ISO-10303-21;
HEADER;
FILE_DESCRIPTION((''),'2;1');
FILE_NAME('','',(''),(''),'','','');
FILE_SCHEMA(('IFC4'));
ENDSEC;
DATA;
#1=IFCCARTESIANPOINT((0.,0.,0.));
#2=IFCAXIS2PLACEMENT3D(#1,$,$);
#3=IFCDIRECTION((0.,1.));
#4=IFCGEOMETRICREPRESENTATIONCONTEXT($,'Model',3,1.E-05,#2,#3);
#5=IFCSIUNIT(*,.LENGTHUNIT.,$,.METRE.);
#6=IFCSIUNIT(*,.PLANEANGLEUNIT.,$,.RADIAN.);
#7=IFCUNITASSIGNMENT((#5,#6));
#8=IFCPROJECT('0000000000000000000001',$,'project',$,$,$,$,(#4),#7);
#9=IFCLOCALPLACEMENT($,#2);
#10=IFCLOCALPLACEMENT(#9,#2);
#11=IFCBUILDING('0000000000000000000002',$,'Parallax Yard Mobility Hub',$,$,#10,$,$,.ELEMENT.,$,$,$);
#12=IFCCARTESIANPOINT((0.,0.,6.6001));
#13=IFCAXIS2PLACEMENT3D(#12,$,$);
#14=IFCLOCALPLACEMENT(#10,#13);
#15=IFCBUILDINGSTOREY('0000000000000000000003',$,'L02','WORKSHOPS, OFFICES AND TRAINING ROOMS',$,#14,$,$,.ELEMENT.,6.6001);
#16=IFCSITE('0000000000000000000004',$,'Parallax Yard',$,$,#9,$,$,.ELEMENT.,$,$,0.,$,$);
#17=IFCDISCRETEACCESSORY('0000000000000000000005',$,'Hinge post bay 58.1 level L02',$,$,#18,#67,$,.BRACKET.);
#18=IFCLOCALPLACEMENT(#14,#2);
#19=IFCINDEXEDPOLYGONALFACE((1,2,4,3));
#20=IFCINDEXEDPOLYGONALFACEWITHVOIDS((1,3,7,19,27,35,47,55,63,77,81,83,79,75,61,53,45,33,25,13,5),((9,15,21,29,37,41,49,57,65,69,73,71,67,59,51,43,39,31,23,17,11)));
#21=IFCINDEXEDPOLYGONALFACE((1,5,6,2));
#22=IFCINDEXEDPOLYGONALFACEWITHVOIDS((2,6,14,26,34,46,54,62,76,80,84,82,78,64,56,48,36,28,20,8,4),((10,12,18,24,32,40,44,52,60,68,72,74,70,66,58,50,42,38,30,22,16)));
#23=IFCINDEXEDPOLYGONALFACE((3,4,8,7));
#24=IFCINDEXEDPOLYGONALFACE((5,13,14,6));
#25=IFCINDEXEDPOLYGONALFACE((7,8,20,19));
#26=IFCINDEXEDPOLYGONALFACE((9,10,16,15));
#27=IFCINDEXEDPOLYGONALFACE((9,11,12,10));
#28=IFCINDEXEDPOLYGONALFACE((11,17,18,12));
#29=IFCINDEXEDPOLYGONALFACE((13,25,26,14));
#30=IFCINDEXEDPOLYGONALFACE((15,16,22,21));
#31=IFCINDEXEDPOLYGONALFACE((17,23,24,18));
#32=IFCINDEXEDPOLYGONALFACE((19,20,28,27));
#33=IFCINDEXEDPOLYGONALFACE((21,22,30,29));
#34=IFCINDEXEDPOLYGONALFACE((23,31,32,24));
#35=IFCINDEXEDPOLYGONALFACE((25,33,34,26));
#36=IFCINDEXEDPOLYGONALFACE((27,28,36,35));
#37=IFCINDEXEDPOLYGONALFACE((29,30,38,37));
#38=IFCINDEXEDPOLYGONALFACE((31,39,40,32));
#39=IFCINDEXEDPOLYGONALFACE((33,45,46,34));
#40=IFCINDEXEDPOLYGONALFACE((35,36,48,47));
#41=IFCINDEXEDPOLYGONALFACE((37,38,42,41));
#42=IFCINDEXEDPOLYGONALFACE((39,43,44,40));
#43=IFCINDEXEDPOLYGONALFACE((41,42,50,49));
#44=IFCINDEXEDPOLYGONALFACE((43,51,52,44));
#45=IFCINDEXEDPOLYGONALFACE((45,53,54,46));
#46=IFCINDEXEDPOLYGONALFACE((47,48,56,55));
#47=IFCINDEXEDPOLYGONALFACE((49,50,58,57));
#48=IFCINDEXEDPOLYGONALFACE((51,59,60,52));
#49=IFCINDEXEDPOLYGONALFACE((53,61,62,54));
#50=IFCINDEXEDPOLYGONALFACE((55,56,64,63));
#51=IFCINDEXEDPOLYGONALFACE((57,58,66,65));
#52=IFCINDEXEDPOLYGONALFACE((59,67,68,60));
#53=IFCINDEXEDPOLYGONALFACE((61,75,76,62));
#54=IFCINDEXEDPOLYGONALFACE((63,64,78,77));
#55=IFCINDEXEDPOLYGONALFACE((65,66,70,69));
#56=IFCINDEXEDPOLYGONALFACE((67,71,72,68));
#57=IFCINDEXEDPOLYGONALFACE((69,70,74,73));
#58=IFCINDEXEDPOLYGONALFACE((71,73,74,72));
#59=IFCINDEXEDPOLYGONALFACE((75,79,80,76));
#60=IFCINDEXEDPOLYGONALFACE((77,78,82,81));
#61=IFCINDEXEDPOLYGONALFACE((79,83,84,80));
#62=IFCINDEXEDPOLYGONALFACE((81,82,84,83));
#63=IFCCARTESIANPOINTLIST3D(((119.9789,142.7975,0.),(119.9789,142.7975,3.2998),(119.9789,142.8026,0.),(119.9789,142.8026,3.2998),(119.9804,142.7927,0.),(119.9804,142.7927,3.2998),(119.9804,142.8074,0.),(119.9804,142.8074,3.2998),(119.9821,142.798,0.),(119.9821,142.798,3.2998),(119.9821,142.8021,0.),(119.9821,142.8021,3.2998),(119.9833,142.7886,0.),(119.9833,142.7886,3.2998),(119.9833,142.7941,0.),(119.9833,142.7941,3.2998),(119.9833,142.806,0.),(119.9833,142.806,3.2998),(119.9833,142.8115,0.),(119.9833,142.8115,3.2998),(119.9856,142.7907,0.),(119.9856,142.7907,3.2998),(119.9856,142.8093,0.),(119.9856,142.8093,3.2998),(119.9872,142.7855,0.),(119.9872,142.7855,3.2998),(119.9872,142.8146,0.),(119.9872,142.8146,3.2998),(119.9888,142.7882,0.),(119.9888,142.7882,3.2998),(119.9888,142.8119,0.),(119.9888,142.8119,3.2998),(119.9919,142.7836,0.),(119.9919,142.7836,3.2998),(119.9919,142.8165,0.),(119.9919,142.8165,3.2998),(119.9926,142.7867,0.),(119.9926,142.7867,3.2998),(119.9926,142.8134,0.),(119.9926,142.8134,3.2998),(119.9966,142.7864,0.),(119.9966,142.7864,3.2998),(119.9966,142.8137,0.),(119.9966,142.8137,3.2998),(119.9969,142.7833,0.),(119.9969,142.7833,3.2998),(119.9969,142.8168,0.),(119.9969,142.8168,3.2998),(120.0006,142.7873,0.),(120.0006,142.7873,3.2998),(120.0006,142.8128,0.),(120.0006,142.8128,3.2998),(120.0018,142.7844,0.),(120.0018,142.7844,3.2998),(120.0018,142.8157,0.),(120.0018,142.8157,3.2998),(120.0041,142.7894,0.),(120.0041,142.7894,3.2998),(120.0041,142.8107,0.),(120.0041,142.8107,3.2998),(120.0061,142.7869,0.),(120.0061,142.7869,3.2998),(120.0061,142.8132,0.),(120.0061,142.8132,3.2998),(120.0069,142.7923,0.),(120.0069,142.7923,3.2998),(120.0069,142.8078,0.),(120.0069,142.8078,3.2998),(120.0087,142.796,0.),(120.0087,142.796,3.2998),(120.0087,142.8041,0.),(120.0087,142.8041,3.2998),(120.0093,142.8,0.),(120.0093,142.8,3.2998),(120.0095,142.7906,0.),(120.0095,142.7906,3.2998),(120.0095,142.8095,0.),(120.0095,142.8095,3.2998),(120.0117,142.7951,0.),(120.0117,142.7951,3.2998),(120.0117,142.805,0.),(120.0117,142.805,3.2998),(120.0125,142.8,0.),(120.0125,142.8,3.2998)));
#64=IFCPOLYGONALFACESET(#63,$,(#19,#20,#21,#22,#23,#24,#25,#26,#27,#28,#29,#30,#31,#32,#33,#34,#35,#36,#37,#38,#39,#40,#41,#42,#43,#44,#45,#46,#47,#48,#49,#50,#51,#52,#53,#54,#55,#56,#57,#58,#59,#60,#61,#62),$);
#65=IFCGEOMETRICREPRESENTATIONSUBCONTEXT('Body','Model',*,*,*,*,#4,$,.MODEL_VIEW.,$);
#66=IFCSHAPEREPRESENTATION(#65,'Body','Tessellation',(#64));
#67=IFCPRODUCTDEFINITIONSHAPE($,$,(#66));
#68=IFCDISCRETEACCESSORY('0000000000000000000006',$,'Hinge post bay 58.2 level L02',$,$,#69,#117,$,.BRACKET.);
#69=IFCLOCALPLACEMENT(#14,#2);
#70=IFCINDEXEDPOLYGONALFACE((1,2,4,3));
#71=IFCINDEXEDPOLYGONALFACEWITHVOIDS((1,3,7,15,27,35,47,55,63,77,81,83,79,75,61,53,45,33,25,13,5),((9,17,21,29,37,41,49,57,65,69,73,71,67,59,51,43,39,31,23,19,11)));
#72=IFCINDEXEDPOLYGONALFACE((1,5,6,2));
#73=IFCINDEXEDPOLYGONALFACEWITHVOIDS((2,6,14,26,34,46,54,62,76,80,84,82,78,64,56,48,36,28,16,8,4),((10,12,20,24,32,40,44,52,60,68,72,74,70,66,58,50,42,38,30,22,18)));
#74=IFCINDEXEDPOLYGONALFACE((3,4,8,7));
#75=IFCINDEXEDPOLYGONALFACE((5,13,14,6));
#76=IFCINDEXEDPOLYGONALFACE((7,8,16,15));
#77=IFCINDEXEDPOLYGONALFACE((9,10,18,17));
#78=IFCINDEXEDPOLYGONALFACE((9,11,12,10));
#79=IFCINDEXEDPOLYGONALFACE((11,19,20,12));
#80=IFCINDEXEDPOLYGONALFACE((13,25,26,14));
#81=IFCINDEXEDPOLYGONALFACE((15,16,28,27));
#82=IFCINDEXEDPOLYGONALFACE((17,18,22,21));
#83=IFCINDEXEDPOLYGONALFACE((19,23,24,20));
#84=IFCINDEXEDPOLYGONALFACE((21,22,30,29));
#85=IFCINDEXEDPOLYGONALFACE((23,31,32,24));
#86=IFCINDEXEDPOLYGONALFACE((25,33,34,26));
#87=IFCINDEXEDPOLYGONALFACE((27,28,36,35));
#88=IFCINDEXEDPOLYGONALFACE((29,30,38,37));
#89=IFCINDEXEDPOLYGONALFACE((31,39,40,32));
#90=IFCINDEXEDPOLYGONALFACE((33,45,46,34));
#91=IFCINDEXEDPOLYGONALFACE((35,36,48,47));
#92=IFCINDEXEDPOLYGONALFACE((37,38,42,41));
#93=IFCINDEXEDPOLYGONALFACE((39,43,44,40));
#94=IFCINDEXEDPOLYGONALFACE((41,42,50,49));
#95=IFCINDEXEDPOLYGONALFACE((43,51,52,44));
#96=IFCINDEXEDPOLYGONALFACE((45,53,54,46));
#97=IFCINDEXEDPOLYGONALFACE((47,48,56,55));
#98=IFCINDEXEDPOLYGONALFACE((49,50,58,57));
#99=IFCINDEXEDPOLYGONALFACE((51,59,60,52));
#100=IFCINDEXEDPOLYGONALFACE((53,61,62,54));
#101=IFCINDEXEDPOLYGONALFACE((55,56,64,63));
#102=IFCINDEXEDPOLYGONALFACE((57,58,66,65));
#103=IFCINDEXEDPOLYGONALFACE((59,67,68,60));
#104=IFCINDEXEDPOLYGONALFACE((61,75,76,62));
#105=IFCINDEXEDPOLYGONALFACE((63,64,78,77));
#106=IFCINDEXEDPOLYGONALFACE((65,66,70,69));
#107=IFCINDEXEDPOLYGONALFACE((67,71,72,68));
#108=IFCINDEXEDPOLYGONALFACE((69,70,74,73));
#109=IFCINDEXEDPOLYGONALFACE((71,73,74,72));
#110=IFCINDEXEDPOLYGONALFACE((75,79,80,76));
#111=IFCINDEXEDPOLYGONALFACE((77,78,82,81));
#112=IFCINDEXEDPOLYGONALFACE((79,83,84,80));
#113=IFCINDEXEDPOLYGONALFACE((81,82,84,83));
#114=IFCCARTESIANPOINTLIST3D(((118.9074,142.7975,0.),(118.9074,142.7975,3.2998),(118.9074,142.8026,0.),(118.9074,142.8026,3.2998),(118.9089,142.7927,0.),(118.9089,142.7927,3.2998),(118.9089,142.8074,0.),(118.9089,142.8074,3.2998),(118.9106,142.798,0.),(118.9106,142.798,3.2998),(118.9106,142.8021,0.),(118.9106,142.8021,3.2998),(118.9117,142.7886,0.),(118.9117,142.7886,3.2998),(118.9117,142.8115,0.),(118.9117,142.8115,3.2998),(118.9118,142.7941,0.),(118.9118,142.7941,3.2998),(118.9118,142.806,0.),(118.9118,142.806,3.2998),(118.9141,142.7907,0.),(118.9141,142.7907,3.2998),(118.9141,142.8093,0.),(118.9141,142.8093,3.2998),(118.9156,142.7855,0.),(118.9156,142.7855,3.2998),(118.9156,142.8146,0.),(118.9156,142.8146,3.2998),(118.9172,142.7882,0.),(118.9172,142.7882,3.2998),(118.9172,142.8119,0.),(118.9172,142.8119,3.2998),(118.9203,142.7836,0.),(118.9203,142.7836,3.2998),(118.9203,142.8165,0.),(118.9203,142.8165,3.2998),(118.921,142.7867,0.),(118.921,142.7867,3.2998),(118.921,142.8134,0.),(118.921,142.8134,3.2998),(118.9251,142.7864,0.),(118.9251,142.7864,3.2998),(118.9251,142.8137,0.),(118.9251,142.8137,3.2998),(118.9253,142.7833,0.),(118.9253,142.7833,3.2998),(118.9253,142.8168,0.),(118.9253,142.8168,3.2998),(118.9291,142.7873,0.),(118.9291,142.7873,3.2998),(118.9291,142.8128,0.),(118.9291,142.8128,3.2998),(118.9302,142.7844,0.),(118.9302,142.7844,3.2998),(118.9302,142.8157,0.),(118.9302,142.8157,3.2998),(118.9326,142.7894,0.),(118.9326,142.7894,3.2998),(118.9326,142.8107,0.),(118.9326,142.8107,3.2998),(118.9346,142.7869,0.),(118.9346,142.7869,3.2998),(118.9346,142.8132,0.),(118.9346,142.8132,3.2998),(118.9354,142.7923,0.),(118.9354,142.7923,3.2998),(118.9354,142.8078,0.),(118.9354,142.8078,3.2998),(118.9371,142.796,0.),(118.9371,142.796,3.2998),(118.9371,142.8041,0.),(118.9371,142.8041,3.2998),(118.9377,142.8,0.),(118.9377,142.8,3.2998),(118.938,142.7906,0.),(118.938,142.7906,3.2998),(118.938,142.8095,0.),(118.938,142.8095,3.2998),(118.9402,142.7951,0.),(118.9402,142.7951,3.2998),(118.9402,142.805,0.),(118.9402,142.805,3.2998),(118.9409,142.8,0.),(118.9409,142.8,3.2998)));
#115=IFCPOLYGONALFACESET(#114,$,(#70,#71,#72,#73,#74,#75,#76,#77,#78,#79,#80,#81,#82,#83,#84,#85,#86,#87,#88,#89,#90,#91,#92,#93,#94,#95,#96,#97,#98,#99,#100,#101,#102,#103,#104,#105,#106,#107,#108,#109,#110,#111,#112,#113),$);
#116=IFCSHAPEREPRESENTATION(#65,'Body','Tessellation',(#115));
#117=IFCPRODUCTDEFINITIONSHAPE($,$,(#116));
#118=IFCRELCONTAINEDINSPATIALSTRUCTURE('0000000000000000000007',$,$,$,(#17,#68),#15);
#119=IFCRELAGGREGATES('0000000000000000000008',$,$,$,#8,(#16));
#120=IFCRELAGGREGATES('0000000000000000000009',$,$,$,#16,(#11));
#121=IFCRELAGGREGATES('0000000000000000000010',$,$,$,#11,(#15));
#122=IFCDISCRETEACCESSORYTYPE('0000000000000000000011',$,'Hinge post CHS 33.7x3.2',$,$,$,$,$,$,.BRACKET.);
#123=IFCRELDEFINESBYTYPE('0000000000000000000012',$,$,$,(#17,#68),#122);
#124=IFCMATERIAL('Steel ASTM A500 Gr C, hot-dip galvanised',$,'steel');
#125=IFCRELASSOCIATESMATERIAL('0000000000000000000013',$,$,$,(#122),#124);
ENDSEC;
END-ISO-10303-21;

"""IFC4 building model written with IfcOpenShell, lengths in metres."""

from ifc_helpers import new_model, si_unit, direction, frame, origin, origin_2d, place, context, subcontext, project, spatial, hollow_circle, extrude, material, material_profile, profile_set, type_object, element, save


model = new_model("IFC4")

# Units and contexts
model_context = context("Model", 3, precision=1e-05, world=origin(), true_north=direction((0.0, 1.0)))
body_context = subcontext(model_context, "Body", "Model", "MODEL_VIEW")
ifc_project = project(units=[si_unit("LENGTHUNIT", "METRE"), si_unit("PLANEANGLEUNIT", "RADIAN")], contexts=[model_context])

# Site, building, storey
site_placement = place(None, origin())
site = spatial("IfcSite", under=ifc_project, at=site_placement, Name="Parallax Yard", CompositionType="ELEMENT", RefElevation=0.0)
building_placement = place(site_placement, origin())
building = spatial("IfcBuilding", under=site, at=building_placement, Name="Parallax Yard Mobility Hub", CompositionType="ELEMENT")
storey_placement = place(building_placement, frame((0.0, 0.0, 6.6001)))
storey = spatial("IfcBuildingStorey", under=building, at=storey_placement, Name="L02", Description="WORKSHOPS, OFFICES AND TRAINING ROOMS", CompositionType="ELEMENT", Elevation=6.6001)

# Discrete accessories
ifc_material_1 = material(Name="Steel ASTM A500 Gr C, hot-dip galvanised", Category="steel")
ifc_material_profile = material_profile(ifc_material_1, hollow_circle(Radius=0.0168, WallThickness=0.0032, at=origin_2d()), Name="CHS 33.7x3.2")
ifc_profile_set = profile_set([ifc_material_profile], Name="Steel ASTM A500 Gr C, hot-dip galvanised")
discrete_accessory_type_1 = type_object("IfcDiscreteAccessoryType", Name="Hinge post CHS 33.7x3.2", PredefinedType="BRACKET", material=ifc_profile_set)
for number, where, z_axis, x_axis, name in (
    (1, (119.9956, 142.8, 0.0), (0.0, 0.0, 1.0), (1.0, 0.0, 0.0), "Hinge post bay 58.1 level L02"),
    (2, (118.9241, 142.8, 0.0), (0.0, 0.0, 1.0), (1.0, 0.0, 0.0), "Hinge post bay 58.2 level L02"),
):
    element("IfcDiscreteAccessory", number, at=place(storey_placement, frame(where, z_axis=z_axis, x_axis=x_axis)), inside=storey, type_object=discrete_accessory_type_1, Name=name, PredefinedType="BRACKET", context=body_context, shape_type="SweptSolid", body=[
        extrude(hollow_circle(Radius=0.0168, WallThickness=0.0032, at=origin_2d()), origin(), (0.0, 0.0, 1.0), 3.2998),
    ])

save(model, "model.ifc")
